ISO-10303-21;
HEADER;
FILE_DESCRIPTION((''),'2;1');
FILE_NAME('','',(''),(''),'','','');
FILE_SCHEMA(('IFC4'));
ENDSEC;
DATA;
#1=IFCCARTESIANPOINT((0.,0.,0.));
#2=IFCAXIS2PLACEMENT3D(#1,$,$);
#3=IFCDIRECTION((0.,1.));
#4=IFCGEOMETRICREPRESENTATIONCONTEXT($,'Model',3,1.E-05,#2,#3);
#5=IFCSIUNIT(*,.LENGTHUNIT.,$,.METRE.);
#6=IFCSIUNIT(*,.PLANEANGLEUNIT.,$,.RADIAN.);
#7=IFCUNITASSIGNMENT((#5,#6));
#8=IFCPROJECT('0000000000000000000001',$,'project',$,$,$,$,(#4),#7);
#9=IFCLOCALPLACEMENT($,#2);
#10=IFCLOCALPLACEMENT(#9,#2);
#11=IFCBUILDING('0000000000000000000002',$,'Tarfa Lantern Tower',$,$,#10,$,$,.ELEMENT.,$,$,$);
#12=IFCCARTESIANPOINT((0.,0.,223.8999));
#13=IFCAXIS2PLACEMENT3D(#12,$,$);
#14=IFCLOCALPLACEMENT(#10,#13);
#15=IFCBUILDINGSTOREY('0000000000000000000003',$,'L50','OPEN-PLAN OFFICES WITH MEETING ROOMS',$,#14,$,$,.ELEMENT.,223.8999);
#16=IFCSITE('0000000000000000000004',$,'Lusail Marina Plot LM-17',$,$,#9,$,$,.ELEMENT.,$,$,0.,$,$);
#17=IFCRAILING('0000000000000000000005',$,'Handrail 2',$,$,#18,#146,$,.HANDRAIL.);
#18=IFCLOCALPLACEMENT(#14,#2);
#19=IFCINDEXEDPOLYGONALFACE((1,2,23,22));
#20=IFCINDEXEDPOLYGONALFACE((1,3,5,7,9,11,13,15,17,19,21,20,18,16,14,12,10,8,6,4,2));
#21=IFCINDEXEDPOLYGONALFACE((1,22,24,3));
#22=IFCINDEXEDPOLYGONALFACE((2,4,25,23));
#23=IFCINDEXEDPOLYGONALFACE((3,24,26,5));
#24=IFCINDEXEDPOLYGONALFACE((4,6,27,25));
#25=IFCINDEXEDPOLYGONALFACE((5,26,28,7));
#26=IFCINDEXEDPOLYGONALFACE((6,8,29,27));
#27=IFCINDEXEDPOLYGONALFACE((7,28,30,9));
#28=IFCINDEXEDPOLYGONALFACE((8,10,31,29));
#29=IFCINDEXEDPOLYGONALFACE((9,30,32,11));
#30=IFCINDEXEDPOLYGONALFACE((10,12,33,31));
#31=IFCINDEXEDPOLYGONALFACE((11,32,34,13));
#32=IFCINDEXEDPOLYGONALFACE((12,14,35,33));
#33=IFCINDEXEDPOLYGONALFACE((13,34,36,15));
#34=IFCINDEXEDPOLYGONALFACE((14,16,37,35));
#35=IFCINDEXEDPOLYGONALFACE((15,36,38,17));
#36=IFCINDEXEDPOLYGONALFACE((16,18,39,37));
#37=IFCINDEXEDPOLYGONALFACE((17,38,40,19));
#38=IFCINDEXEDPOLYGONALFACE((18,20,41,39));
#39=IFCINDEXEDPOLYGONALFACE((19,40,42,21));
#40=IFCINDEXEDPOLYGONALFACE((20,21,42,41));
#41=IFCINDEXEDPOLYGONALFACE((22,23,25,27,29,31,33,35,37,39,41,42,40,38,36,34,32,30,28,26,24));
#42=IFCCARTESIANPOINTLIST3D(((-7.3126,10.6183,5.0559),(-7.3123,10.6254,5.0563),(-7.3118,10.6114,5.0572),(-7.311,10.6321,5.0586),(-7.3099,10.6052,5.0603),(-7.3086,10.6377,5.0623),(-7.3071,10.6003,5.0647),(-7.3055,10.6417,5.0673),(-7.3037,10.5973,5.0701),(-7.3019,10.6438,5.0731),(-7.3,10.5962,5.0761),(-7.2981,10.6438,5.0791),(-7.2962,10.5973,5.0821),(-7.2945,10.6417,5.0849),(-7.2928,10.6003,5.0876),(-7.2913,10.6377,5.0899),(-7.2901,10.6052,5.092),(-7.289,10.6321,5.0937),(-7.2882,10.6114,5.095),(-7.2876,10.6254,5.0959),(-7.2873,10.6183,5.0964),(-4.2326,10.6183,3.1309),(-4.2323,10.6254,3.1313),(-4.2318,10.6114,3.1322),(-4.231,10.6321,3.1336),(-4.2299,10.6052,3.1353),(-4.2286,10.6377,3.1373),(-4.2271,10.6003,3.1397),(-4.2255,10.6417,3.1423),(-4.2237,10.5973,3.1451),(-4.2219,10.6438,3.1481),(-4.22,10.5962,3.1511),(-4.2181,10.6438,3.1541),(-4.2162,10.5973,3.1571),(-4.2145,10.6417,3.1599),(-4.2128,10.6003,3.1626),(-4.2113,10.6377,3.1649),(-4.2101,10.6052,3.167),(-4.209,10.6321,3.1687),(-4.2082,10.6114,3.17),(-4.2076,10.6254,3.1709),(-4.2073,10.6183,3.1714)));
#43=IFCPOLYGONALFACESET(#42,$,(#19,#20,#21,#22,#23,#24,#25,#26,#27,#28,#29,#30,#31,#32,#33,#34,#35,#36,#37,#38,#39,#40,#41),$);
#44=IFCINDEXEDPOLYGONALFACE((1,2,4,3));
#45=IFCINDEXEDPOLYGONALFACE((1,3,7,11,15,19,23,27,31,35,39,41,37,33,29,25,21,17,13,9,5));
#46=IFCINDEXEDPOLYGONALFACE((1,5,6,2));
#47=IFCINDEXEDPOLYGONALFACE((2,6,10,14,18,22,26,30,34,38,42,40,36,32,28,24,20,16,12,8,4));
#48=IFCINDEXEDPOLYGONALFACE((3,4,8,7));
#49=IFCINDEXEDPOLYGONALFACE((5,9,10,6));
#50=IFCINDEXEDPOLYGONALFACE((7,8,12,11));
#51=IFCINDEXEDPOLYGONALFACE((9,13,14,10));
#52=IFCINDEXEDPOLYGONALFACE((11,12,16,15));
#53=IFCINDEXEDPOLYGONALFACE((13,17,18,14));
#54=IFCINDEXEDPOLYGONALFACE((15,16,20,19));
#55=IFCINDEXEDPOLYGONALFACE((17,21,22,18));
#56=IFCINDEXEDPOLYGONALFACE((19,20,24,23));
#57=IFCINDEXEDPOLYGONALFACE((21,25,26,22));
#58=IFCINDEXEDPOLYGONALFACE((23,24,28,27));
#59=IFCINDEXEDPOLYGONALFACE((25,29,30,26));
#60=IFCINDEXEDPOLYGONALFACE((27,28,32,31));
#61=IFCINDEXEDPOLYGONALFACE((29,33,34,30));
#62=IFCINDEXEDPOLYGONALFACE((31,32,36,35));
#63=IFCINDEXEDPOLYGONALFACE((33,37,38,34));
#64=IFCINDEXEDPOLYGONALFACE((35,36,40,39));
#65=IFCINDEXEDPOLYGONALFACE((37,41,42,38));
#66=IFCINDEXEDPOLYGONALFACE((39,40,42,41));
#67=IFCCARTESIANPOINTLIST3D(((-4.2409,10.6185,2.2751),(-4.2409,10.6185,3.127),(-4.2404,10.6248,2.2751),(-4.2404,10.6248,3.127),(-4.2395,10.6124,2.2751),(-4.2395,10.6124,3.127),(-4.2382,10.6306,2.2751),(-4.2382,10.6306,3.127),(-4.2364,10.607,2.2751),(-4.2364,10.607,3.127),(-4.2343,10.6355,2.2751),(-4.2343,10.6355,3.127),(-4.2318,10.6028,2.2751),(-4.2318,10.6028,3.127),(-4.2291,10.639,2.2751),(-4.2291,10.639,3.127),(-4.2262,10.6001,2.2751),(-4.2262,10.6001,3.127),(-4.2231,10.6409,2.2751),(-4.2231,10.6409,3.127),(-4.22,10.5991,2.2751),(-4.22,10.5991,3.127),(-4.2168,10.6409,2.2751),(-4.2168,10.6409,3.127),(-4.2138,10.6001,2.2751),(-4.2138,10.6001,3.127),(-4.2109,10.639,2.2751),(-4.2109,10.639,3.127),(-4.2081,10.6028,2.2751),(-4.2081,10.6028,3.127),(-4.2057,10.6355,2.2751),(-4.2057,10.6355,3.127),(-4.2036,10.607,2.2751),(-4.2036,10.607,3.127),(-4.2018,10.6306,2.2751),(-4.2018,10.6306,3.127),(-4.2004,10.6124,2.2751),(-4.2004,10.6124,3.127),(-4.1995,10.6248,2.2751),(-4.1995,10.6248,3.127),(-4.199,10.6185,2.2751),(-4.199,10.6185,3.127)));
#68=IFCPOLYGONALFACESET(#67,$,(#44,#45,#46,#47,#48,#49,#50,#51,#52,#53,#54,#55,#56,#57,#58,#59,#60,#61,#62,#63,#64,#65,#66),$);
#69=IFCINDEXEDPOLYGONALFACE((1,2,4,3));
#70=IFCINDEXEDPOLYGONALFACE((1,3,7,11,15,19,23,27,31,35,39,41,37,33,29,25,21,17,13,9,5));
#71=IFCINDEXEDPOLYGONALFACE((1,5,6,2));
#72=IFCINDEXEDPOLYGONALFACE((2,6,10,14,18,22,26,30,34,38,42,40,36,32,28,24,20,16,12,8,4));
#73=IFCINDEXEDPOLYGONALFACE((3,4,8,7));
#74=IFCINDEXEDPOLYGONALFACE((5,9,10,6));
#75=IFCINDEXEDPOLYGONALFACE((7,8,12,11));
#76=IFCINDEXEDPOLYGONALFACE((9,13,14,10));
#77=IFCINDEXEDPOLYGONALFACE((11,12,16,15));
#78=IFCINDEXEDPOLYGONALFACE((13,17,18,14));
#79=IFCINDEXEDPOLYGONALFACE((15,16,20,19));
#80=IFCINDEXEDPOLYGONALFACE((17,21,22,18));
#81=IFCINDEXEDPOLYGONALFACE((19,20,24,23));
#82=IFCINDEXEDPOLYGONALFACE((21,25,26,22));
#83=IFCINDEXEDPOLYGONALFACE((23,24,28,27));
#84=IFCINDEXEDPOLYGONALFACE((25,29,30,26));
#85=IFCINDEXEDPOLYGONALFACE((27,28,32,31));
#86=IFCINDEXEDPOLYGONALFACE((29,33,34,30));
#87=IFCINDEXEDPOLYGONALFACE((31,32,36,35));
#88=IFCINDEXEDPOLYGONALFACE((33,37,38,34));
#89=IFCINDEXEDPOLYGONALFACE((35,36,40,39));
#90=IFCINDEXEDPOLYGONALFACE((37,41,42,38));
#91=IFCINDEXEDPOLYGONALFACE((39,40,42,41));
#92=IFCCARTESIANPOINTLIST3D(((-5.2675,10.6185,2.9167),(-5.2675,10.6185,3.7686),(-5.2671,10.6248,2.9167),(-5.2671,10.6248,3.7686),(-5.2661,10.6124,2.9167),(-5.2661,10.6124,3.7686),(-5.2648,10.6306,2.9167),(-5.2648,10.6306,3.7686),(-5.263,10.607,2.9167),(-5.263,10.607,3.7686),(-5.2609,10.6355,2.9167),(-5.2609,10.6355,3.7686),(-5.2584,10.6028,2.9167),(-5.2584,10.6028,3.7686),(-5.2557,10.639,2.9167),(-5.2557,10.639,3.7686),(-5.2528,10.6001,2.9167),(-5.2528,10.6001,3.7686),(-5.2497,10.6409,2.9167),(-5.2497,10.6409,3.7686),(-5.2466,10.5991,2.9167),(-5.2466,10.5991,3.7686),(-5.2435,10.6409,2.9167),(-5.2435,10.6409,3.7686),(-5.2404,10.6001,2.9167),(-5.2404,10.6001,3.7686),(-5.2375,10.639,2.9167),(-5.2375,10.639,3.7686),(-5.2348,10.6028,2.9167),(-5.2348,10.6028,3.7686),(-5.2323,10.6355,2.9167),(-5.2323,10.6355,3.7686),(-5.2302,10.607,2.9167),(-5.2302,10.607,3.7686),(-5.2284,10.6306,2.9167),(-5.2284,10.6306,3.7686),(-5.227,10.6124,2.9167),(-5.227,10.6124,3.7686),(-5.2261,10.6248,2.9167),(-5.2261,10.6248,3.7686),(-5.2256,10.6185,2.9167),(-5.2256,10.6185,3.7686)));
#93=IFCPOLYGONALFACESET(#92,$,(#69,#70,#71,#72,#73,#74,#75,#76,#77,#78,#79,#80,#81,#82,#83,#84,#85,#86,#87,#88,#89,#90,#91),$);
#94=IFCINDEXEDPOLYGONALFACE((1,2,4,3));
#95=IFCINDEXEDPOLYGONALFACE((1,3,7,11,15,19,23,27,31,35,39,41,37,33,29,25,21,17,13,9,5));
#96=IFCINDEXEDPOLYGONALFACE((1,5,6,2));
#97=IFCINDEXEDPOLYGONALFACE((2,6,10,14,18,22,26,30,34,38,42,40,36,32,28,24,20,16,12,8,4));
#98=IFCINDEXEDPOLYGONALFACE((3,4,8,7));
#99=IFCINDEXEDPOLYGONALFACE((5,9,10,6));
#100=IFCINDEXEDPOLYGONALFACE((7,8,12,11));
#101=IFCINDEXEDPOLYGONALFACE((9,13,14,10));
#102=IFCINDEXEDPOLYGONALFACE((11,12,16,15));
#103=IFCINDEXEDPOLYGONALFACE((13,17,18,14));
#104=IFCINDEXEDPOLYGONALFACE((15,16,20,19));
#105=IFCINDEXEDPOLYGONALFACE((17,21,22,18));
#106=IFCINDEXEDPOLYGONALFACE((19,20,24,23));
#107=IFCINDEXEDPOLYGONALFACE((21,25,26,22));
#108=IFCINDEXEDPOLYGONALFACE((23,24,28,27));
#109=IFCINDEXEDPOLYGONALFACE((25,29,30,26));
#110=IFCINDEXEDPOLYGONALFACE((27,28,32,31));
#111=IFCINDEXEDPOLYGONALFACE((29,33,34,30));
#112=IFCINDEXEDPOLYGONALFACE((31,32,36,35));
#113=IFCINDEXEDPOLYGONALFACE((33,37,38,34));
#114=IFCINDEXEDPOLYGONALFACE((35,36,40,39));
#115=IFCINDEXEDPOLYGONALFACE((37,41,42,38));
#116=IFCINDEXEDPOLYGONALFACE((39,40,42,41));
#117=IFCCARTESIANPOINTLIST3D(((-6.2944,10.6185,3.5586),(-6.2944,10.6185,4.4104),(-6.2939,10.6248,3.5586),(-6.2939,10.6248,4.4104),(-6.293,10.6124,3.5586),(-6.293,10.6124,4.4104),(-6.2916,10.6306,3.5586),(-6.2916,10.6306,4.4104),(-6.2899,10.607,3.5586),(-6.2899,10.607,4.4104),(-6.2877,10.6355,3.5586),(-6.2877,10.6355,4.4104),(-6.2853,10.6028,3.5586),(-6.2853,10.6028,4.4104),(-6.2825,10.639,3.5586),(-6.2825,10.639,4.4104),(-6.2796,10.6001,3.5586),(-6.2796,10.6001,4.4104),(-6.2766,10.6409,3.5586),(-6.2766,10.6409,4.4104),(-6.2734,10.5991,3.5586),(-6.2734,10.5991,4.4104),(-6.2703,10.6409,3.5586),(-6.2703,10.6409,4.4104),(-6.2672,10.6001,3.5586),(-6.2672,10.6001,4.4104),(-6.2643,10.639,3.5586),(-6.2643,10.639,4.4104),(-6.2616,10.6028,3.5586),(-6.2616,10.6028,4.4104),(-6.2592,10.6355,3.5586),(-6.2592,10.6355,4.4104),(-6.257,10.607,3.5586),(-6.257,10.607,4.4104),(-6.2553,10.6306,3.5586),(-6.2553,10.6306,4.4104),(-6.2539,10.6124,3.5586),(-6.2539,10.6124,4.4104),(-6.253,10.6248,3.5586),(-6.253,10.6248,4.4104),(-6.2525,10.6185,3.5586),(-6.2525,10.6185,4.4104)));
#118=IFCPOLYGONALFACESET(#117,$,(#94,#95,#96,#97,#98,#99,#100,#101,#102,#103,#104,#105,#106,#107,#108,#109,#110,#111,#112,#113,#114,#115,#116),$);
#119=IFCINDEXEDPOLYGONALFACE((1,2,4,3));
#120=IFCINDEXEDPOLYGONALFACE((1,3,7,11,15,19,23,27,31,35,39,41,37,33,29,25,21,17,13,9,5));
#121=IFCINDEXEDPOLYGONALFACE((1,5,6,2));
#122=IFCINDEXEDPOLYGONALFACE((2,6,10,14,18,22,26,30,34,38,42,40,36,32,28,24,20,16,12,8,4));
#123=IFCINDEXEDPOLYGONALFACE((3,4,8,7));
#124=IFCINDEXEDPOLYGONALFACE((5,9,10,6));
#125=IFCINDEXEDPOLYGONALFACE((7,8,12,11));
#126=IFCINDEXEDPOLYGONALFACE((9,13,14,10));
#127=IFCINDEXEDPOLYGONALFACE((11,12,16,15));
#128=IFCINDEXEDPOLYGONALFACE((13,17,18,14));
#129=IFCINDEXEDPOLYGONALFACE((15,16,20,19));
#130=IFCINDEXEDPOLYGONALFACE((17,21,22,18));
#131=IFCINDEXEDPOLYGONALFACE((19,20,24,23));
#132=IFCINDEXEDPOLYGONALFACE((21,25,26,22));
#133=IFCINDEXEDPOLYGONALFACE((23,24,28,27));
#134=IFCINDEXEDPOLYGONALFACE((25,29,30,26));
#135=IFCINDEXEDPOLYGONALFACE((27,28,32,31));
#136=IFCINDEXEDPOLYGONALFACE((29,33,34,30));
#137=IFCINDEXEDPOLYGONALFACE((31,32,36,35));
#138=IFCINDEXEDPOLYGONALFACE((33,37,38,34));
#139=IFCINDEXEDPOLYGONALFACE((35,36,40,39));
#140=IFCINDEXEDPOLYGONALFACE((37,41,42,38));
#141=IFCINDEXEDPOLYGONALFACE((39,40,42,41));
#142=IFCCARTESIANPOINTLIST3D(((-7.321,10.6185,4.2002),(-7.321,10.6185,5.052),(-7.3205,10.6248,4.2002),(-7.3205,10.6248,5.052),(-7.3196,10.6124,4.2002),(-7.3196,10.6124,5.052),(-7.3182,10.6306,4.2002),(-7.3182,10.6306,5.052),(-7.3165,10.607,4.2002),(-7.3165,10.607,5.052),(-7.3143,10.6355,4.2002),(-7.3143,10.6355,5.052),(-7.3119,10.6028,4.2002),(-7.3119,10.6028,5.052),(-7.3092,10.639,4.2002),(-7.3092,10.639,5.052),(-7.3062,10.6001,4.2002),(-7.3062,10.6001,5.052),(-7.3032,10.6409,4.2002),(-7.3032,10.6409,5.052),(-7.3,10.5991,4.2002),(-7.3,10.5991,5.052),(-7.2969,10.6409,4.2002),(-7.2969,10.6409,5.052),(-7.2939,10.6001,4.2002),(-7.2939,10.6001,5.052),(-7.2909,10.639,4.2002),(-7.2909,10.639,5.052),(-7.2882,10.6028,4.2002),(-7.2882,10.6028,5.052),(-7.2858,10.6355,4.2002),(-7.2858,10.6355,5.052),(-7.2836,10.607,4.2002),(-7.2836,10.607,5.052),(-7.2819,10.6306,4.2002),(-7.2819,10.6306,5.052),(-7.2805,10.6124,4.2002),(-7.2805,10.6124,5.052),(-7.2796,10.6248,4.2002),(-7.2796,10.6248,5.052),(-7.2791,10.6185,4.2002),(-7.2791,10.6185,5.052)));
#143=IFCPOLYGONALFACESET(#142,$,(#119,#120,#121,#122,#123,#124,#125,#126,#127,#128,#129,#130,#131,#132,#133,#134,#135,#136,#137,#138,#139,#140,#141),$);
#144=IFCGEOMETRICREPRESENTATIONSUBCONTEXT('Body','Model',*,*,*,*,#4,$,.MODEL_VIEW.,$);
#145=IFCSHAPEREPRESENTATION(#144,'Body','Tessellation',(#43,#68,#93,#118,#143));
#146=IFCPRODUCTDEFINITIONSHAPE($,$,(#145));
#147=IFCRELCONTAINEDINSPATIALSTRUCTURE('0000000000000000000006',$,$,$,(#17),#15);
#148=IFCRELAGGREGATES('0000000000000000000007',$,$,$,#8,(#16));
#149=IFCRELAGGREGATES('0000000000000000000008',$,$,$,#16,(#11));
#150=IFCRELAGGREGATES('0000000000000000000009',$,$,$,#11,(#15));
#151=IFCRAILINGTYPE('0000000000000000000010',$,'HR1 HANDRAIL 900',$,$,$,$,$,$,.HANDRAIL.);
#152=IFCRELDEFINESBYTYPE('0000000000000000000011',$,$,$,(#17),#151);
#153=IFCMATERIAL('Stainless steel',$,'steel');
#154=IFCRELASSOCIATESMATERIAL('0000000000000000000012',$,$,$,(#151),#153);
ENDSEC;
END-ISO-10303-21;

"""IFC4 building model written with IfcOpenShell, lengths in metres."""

from ifc_helpers import new_model, si_unit, direction, frame, origin, origin_2d, place, context, subcontext, project, spatial, circle, extrude, material, type_object, element, save


model = new_model("IFC4")

# Units and contexts
model_context = context("Model", 3, precision=1e-05, world=origin(), true_north=direction((0.0, 1.0)))
body_context = subcontext(model_context, "Body", "Model", "MODEL_VIEW")
ifc_project = project(units=[si_unit("LENGTHUNIT", "METRE"), si_unit("PLANEANGLEUNIT", "RADIAN")], contexts=[model_context])

# Site, building, storey
site_placement = place(None, origin())
site = spatial("IfcSite", under=ifc_project, at=site_placement, Name="Lusail Marina Plot LM-17", CompositionType="ELEMENT", RefElevation=0.0)
building_placement = place(site_placement, origin())
building = spatial("IfcBuilding", under=site, at=building_placement, Name="Tarfa Lantern Tower", CompositionType="ELEMENT")
storey_placement = place(building_placement, frame((0.0, 0.0, 223.8999)))
storey = spatial("IfcBuildingStorey", under=building, at=storey_placement, Name="L50", Description="OPEN-PLAN OFFICES WITH MEETING ROOMS", CompositionType="ELEMENT", Elevation=223.8999)

# Railing
ifc_material_1 = material(Name="Stainless steel", Category="steel")
railing_type = type_object("IfcRailingType", Name="HR1 HANDRAIL 900", PredefinedType="HANDRAIL", material=ifc_material_1)
railing_1_placement = place(storey_placement, frame((-4.22, 10.6201, 2.2751)))
element("IfcRailing", 1, at=railing_1_placement, inside=storey, type_object=railing_type, Name="Handrail 2", PredefinedType="HANDRAIL", context=body_context, shape_type="SweptSolid", body=[
    extrude(circle(Radius=0.0239, at=origin_2d()), frame((0.0, 0.0, 0.876), z_axis=(-0.847998, 0.0, 0.529999), x_axis=(0.0, -1.0, 0.0)), (0.0, 0.0, 1.0), 3.6321),
    extrude(circle(Radius=0.021, at=origin_2d()), frame((0.0, 0.0, 0.0), z_axis=(0.0, 0.0, 1.0), x_axis=(0.0, -1.0, 0.0)), (0.0, 0.0, 1.0), 0.8518),
    extrude(circle(Radius=0.021, at=origin_2d()), frame((-1.0266, 0.0, 0.6416), z_axis=(0.0, 0.0, 1.0), x_axis=(0.0, -1.0, 0.0)), (0.0, 0.0, 1.0), 0.8518),
    extrude(circle(Radius=0.021, at=origin_2d()), frame((-2.0535, 0.0, 1.2834), z_axis=(0.0, 0.0, 1.0), x_axis=(0.0, -1.0, 0.0)), (0.0, 0.0, 1.0), 0.8518),
    extrude(circle(Radius=0.021, at=origin_2d()), frame((-3.0801, 0.0, 1.925), z_axis=(0.0, 0.0, 1.0), x_axis=(0.0, -1.0, 0.0)), (0.0, 0.0, 1.0), 0.8518),
])

save(model, "model.ifc")
